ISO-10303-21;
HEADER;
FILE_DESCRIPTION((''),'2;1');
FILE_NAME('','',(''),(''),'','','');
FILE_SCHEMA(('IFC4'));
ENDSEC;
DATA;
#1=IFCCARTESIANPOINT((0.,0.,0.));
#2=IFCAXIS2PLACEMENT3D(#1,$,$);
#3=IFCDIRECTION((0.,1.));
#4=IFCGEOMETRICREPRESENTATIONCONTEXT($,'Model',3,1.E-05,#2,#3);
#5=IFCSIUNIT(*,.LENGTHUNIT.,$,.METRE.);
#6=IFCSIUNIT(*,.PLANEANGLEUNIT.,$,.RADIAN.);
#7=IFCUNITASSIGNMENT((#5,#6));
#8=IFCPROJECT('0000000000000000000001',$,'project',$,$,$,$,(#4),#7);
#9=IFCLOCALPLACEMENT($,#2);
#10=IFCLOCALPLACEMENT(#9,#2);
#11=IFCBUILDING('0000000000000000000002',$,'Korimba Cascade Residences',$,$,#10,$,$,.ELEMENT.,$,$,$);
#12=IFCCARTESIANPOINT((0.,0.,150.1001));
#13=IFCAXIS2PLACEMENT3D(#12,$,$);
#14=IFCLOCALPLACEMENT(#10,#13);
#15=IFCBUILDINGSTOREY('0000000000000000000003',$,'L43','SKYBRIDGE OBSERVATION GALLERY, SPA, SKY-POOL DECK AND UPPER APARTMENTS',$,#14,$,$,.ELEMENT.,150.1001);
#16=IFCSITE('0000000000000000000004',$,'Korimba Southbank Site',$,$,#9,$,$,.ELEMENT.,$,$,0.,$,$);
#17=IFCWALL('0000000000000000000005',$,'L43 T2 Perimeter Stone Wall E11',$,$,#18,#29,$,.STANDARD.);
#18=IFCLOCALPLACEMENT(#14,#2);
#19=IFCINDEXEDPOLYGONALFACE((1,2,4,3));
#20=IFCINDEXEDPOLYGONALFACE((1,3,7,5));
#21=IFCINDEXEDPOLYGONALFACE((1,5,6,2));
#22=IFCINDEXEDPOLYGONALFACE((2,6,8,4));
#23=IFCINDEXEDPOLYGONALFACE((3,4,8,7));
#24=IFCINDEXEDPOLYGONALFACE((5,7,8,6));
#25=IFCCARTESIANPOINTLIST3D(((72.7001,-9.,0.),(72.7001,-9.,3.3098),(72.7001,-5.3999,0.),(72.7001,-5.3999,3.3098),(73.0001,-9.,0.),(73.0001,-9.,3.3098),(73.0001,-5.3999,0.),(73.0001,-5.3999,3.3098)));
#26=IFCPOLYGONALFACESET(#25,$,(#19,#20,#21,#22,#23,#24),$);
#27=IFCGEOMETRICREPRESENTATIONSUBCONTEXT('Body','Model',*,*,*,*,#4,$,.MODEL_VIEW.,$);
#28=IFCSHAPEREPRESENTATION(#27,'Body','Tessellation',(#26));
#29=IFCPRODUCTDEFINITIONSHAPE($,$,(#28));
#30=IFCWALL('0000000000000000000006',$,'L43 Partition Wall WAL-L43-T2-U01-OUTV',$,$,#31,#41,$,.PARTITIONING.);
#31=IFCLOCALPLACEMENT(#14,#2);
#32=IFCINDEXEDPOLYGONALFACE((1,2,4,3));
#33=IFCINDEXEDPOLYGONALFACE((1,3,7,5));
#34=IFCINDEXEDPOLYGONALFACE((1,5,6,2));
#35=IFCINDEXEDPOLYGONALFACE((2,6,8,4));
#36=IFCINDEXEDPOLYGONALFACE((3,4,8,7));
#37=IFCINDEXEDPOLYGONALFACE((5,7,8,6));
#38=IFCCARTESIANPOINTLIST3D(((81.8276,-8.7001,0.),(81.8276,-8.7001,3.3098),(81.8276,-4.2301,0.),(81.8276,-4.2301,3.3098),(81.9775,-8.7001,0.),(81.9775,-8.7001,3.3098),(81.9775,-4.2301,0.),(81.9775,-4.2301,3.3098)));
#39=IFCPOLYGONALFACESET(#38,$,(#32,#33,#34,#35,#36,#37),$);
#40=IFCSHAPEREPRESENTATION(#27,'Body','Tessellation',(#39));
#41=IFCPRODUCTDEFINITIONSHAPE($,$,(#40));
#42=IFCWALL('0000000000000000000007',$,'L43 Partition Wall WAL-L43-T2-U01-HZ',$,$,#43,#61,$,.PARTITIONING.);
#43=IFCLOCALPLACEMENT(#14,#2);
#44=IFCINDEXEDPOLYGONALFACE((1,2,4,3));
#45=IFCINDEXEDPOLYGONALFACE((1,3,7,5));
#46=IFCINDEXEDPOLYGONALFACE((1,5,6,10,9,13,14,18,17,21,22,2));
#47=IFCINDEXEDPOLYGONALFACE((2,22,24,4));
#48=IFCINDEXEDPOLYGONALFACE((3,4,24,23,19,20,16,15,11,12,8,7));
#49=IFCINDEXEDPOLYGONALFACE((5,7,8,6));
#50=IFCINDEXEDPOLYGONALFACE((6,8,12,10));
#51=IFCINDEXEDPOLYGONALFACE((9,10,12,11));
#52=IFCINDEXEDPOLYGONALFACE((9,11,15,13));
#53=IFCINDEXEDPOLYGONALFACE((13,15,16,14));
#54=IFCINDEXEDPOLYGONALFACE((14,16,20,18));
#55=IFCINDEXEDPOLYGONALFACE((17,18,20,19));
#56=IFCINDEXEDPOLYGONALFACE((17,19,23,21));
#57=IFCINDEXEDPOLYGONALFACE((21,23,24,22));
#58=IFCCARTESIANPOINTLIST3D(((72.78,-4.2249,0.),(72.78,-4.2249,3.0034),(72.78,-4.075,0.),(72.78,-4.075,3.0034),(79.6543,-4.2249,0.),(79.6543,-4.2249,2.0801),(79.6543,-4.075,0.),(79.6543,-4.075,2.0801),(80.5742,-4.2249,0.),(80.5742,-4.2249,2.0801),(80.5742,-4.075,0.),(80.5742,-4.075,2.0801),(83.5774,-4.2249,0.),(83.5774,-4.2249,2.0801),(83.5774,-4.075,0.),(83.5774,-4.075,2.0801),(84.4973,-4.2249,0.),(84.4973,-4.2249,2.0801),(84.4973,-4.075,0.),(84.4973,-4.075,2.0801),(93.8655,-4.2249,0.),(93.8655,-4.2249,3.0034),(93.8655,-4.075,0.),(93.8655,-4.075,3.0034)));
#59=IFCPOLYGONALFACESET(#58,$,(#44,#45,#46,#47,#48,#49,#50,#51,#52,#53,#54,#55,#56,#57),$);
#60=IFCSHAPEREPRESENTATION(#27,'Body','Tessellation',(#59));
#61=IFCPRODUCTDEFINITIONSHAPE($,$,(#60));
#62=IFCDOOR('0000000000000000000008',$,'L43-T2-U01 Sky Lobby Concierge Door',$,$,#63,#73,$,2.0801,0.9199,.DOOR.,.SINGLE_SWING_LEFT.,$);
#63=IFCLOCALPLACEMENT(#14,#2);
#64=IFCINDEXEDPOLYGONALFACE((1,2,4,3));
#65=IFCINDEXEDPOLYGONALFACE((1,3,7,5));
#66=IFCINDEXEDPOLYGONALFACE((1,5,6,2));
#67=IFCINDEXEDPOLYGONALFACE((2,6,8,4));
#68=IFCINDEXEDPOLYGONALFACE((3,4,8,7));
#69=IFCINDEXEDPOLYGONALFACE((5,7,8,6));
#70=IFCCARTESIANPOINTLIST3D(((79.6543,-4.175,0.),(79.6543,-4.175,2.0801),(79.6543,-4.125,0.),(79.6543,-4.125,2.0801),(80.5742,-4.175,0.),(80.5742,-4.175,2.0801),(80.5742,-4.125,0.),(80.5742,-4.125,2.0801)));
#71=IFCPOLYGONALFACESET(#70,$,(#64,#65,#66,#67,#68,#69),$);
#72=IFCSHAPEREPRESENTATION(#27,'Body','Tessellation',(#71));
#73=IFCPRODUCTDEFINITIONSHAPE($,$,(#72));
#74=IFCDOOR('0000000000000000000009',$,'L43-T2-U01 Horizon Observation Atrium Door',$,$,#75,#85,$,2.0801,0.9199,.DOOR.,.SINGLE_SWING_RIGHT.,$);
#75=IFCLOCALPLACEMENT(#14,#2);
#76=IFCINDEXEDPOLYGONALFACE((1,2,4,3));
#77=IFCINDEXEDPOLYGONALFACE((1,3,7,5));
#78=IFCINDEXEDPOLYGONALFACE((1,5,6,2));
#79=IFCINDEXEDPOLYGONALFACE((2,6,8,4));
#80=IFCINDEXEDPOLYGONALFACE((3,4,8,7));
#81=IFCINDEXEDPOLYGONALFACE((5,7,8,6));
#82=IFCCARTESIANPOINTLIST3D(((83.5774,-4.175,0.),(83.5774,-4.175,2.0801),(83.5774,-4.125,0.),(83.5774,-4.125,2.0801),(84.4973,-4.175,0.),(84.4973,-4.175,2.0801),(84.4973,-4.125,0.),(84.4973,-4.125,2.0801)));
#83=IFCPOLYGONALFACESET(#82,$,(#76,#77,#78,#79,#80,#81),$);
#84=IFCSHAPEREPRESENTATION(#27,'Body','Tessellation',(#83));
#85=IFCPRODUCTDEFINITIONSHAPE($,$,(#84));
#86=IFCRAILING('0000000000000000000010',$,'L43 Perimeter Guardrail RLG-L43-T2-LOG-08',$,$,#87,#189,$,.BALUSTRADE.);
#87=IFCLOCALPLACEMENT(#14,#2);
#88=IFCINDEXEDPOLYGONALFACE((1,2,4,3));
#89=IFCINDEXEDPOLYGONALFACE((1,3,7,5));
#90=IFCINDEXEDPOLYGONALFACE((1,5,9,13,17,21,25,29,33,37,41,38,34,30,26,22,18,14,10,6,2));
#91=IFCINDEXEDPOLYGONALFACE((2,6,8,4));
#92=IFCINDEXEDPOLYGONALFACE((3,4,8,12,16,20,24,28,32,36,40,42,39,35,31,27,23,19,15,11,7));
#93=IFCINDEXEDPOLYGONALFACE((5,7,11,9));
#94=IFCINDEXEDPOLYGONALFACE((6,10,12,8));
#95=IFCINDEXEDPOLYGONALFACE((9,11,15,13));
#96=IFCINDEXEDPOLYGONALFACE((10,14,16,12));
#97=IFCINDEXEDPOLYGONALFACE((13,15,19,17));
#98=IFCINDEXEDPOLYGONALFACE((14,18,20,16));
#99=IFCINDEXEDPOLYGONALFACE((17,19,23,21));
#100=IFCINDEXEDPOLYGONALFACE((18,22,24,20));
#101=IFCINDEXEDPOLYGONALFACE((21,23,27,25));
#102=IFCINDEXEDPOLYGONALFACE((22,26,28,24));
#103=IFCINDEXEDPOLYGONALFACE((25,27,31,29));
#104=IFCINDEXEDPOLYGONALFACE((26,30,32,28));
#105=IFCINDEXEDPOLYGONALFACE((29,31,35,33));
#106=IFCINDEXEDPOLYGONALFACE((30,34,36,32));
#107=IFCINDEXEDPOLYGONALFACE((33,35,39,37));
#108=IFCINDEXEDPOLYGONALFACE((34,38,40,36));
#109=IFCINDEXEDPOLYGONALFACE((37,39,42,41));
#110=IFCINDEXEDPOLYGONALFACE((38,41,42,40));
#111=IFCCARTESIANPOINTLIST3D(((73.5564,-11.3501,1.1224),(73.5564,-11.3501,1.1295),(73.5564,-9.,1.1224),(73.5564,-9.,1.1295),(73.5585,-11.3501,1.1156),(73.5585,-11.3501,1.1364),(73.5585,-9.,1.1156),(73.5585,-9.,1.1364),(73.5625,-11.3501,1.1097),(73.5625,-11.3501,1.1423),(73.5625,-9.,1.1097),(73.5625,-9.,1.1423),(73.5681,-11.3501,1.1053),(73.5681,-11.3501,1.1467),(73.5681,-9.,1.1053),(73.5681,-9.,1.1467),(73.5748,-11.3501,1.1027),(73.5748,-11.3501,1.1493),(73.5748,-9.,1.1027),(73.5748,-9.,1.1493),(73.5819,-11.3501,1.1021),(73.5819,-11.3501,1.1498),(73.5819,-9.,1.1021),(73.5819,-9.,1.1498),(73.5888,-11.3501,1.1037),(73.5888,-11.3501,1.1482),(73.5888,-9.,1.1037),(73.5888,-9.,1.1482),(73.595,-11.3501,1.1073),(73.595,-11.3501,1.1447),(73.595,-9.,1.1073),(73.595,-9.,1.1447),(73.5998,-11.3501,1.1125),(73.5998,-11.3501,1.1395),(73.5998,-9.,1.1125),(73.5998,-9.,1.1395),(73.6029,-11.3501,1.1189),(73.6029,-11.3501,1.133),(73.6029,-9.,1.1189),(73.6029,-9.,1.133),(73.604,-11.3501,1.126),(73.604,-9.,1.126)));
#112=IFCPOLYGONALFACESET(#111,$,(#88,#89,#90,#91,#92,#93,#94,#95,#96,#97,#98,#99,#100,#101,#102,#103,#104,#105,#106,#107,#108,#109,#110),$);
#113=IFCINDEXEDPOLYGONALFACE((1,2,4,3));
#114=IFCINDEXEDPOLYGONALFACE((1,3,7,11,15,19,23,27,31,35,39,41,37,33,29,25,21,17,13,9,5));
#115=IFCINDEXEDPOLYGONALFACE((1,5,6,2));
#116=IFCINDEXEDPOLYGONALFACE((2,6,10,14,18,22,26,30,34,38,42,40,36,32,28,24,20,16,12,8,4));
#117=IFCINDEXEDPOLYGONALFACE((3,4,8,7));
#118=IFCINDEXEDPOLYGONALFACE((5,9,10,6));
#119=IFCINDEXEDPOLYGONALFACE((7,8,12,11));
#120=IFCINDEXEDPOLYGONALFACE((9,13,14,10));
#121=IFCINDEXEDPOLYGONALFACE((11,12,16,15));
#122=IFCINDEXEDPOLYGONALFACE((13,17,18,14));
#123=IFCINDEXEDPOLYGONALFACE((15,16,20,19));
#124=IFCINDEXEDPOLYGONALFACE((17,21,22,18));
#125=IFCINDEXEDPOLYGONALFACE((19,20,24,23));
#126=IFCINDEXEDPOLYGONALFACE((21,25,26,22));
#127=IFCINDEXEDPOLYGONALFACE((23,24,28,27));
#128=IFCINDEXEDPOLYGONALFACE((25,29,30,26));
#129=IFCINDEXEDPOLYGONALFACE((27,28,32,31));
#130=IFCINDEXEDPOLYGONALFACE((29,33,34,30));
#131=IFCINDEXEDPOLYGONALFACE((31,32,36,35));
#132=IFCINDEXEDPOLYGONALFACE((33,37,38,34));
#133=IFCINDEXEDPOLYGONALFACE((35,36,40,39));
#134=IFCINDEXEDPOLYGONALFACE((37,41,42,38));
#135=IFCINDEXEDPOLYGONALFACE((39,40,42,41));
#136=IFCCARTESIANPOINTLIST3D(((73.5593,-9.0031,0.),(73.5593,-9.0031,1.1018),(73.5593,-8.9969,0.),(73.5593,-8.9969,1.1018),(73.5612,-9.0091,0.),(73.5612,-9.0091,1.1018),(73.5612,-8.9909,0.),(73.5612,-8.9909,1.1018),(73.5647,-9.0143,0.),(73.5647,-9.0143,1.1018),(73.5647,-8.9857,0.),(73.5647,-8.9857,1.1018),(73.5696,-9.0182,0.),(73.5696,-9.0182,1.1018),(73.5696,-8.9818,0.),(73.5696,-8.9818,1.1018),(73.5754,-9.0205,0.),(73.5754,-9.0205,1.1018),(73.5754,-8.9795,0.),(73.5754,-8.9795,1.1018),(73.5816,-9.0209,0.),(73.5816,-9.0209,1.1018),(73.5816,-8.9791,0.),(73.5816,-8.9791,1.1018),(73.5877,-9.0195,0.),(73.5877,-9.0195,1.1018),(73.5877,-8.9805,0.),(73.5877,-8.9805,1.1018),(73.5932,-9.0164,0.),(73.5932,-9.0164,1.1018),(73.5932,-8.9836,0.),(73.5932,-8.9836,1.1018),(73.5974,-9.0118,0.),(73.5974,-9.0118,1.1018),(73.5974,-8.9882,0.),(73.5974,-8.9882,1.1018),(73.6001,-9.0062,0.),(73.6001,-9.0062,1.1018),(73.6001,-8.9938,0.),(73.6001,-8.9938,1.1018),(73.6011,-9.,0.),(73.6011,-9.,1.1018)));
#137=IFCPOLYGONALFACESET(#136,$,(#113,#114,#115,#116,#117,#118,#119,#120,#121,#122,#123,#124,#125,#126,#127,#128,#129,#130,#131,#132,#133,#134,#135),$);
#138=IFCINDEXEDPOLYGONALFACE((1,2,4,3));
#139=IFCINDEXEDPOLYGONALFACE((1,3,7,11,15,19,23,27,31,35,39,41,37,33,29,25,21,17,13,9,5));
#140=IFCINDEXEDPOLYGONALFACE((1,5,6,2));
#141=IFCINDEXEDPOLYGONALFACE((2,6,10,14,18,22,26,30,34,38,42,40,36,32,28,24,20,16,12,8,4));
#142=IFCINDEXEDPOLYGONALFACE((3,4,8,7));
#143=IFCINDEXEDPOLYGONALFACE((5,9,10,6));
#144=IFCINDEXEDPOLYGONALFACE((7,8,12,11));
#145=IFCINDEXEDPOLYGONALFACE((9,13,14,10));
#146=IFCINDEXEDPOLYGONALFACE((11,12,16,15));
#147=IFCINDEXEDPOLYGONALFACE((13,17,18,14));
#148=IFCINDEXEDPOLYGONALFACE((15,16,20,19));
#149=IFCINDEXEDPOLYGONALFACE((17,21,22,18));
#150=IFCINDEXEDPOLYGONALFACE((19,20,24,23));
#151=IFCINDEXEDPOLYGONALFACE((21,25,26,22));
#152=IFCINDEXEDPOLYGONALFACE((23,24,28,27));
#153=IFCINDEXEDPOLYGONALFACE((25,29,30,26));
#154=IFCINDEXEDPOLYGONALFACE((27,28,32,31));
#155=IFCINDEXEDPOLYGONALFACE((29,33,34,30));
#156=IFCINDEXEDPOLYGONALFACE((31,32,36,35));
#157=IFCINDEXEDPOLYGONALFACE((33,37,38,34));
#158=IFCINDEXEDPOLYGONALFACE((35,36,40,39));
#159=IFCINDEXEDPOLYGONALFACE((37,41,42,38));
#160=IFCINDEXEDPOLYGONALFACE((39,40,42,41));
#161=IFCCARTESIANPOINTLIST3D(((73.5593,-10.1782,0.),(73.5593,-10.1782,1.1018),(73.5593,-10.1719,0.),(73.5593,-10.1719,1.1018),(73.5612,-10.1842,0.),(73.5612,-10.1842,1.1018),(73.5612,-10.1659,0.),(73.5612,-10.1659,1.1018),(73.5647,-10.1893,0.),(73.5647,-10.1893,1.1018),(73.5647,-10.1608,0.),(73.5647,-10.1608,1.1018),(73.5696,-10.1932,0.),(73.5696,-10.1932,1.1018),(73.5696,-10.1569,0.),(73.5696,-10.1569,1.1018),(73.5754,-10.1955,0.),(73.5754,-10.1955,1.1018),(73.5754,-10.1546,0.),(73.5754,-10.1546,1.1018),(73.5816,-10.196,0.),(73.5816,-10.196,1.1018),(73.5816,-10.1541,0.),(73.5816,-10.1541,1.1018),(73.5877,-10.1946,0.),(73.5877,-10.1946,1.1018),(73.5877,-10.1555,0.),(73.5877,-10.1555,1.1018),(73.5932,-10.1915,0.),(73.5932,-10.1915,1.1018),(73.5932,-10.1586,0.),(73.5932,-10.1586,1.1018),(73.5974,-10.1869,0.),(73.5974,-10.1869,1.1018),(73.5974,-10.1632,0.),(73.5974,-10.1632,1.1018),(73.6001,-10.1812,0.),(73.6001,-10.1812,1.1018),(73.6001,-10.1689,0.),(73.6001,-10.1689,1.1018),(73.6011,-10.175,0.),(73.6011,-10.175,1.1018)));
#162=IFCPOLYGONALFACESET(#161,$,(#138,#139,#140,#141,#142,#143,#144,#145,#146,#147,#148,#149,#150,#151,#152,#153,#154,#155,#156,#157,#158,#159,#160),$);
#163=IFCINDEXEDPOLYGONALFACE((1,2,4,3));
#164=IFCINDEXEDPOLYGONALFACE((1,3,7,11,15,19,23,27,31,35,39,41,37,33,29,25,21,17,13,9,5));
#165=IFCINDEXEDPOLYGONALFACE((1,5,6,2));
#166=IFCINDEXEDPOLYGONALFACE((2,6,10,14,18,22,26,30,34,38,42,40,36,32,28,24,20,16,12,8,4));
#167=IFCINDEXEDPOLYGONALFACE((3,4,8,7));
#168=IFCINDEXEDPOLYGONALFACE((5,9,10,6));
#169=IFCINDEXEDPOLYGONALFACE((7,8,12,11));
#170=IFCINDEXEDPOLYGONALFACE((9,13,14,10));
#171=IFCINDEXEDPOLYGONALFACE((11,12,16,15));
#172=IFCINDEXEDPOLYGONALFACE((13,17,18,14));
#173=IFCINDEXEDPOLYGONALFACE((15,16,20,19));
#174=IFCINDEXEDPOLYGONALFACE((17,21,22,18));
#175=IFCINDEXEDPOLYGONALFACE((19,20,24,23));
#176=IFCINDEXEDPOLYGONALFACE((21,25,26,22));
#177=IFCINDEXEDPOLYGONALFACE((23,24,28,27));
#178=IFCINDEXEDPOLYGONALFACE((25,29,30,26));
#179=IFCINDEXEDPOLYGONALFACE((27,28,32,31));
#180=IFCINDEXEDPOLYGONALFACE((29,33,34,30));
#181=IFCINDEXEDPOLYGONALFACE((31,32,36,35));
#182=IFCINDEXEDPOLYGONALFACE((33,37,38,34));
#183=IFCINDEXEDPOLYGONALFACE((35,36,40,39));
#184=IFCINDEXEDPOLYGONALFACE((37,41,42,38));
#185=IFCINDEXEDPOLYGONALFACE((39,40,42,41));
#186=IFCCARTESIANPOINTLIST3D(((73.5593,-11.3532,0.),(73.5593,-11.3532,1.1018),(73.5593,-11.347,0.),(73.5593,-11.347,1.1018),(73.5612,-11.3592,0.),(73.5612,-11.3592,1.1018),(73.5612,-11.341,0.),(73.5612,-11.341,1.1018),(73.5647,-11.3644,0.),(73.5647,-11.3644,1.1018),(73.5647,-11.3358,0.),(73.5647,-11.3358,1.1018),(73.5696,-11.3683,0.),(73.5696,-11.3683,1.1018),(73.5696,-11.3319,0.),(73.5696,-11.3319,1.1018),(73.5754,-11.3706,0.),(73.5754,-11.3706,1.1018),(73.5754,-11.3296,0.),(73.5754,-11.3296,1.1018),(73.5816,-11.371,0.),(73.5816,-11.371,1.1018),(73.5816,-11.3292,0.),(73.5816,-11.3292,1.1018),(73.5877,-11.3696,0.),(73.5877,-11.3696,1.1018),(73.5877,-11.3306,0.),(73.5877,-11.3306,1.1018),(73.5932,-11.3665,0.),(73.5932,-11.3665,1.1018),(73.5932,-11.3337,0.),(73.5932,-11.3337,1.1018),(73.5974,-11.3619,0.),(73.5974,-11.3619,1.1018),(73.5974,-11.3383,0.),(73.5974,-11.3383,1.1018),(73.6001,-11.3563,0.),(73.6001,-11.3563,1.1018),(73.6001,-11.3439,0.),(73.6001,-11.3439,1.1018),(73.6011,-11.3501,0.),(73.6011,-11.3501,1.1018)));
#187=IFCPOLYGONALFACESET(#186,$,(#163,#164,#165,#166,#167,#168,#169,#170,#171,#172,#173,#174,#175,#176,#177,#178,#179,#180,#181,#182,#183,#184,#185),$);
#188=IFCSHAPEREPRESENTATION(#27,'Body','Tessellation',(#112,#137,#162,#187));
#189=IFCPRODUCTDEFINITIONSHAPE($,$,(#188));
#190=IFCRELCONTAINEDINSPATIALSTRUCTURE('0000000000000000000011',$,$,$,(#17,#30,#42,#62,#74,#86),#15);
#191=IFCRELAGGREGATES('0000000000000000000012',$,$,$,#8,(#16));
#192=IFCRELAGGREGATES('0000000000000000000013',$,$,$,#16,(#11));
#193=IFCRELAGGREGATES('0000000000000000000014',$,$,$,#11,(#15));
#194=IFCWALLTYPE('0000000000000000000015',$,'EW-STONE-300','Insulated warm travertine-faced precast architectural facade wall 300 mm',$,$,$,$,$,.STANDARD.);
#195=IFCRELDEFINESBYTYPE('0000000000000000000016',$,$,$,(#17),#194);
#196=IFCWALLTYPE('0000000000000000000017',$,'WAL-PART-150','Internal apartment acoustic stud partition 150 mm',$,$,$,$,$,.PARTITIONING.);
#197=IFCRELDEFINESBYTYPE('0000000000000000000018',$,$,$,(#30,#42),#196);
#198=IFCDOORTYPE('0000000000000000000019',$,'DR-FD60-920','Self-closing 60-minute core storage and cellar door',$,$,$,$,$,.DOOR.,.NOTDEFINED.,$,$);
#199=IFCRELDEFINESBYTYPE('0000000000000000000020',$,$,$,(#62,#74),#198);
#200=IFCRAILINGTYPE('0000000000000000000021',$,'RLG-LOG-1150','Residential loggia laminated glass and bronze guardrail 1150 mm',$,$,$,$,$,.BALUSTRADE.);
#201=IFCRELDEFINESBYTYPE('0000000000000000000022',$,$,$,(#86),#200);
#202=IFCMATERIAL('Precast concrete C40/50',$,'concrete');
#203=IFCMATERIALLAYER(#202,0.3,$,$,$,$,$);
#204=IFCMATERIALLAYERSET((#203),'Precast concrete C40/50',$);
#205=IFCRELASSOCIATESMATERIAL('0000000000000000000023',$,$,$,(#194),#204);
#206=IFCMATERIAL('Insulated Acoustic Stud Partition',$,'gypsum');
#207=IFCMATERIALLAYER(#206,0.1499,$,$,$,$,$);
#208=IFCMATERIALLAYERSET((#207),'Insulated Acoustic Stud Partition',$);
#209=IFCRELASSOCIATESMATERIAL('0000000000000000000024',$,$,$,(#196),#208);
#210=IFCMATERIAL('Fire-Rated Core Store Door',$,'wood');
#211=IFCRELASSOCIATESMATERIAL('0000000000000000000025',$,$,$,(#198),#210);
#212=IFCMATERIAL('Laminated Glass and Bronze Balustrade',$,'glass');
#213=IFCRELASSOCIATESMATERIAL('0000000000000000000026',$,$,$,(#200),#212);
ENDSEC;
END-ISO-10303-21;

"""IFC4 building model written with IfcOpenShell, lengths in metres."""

from ifc_helpers import new_model, si_unit, direction, frame, frame_2d, origin, origin_2d, place, context, subcontext, project, spatial, rectangle, circle, extrude, material, layer, layer_set, type_object, element, fill, save


model = new_model("IFC4")

# Units and contexts
model_context = context("Model", 3, precision=1e-05, world=origin(), true_north=direction((0.0, 1.0)))
body_context = subcontext(model_context, "Body", "Model", "MODEL_VIEW")
ifc_project = project(units=[si_unit("LENGTHUNIT", "METRE"), si_unit("PLANEANGLEUNIT", "RADIAN")], contexts=[model_context])

# Site, building, storey
site_placement = place(None, origin())
site = spatial("IfcSite", under=ifc_project, at=site_placement, Name="Korimba Southbank Site", CompositionType="ELEMENT", RefElevation=0.0)
building_placement = place(site_placement, origin())
building = spatial("IfcBuilding", under=site, at=building_placement, Name="Korimba Cascade Residences", CompositionType="ELEMENT")
storey_placement = place(building_placement, frame((0.0, 0.0, 150.1001)))
storey = spatial("IfcBuildingStorey", under=building, at=storey_placement, Name="L43", Description="SKYBRIDGE OBSERVATION GALLERY, SPA, SKY-POOL DECK AND UPPER APARTMENTS", CompositionType="ELEMENT", Elevation=150.1001)

# Walls
ifc_material_1 = material(Name="Precast concrete C40/50", Category="concrete")
ifc_layer_1 = layer(ifc_material_1, 0.3)
ifc_layer_set_1 = layer_set([ifc_layer_1], Name="Precast concrete C40/50")
wall_type_1 = type_object("IfcWallType", Name="EW-STONE-300", Description="Insulated warm travertine-faced precast architectural facade wall 300 mm", PredefinedType="STANDARD", material=ifc_layer_set_1)
wall_1_placement = place(storey_placement, frame((72.8501, -5.3999, 0.0), z_axis=(0.0, 0.0, 1.0), x_axis=(0.0, -1.0, 0.0)))
element("IfcWall", 1, at=wall_1_placement, inside=storey, type_object=wall_type_1, Name="L43 T2 Perimeter Stone Wall E11", PredefinedType="STANDARD", context=body_context, shape_type="SweptSolid", body=[
    extrude(rectangle(XDim=3.6001, YDim=0.3, at=frame_2d((1.8, 0.0))), origin(), (0.0, 0.0, 1.0), 3.3098),
])
ifc_material_2 = material(Name="Insulated Acoustic Stud Partition", Category="gypsum")
ifc_layer_2 = layer(ifc_material_2, 0.1499)
ifc_layer_set_2 = layer_set([ifc_layer_2], Name="Insulated Acoustic Stud Partition")
wall_type_2 = type_object("IfcWallType", Name="WAL-PART-150", Description="Internal apartment acoustic stud partition 150 mm", PredefinedType="PARTITIONING", material=ifc_layer_set_2)
wall_2_placement = place(storey_placement, frame((81.9026, -8.7, 0.0), z_axis=(0.0, 0.0, 1.0), x_axis=(0.0, 1.0, 0.0)))
element("IfcWall", 2, at=wall_2_placement, inside=storey, type_object=wall_type_2, Name="L43 Partition Wall WAL-L43-T2-U01-OUTV", PredefinedType="PARTITIONING", context=body_context, shape_type="SweptSolid", body=[
    extrude(rectangle(XDim=4.47, YDim=0.1499, at=frame_2d((2.2349, 0.0))), origin(), (0.0, 0.0, 1.0), 3.3098),
])

# Wall, openings, doors
wall_3_placement = place(storey_placement, frame((72.78, -4.1499, 0.0), z_axis=(0.0, 0.0, 1.0), x_axis=(1.0, 0.0, 0.0)))
wall_3 = element("IfcWall", 3, at=wall_3_placement, inside=storey, type_object=wall_type_2, Name="L43 Partition Wall WAL-L43-T2-U01-HZ", PredefinedType="PARTITIONING", context=body_context, shape_type="SweptSolid", body=[
    extrude(rectangle(XDim=21.0854, YDim=0.1499, at=frame_2d((10.5427, 0.0))), origin(), (0.0, 0.0, 1.0), 3.0034),
])
opening_1_placement = place(wall_3_placement, frame((6.8743, 0.0, 0.0)))
opening_1 = element("IfcOpeningElement", 4, at=opening_1_placement, cuts=wall_3, PredefinedType="OPENING", context=body_context, shape_type="SweptSolid", body=[
    extrude(rectangle(XDim=0.9199, YDim=2.0801, at=frame_2d((0.46, 1.04))), frame((0.0, 0.085, 0.0), z_axis=(0.0, -1.0, 0.0), x_axis=(1.0, 0.0, 0.0)), (0.0, 0.0, 1.0), 0.1699),
])
opening_2_placement = place(wall_3_placement, frame((10.7974, 0.0, 0.0)))
opening_2 = element("IfcOpeningElement", 5, at=opening_2_placement, cuts=wall_3, PredefinedType="OPENING", context=body_context, shape_type="SweptSolid", body=[
    extrude(rectangle(XDim=0.9199, YDim=2.0801, at=frame_2d((0.46, 1.04))), frame((0.0, 0.085, 0.0), z_axis=(0.0, -1.0, 0.0), x_axis=(1.0, 0.0, 0.0)), (0.0, 0.0, 1.0), 0.1699),
])
ifc_material_3 = material(Name="Fire-Rated Core Store Door", Category="wood")
door_type = type_object("IfcDoorType", Name="DR-FD60-920", Description="Self-closing 60-minute core storage and cellar door", OperationType="NOTDEFINED", PredefinedType="DOOR", material=ifc_material_3)
door_1_placement = place(opening_1_placement, origin())
door_1 = element("IfcDoor", 6, at=door_1_placement, inside=storey, type_object=door_type, Name="L43-T2-U01 Sky Lobby Concierge Door", OperationType="SINGLE_SWING_LEFT", OverallHeight=2.0801, OverallWidth=0.9199, PredefinedType="DOOR", context=body_context, shape_type="SweptSolid", body=[
    extrude(rectangle(XDim=0.9199, YDim=2.0801, at=frame_2d((0.46, 1.04))), frame((0.0, 0.0249, 0.0), z_axis=(0.0, -1.0, 0.0), x_axis=(1.0, 0.0, 0.0)), (0.0, 0.0, 1.0), 0.05),
])
fill(opening_1, door_1)
door_2_placement = place(opening_2_placement, origin())
door_2 = element("IfcDoor", 7, at=door_2_placement, inside=storey, type_object=door_type, Name="L43-T2-U01 Horizon Observation Atrium Door", OperationType="SINGLE_SWING_RIGHT", OverallHeight=2.0801, OverallWidth=0.9199, PredefinedType="DOOR", context=body_context, shape_type="SweptSolid", body=[
    extrude(rectangle(XDim=0.9199, YDim=2.0801, at=frame_2d((0.46, 1.04))), frame((0.0, 0.0249, 0.0), z_axis=(0.0, -1.0, 0.0), x_axis=(1.0, 0.0, 0.0)), (0.0, 0.0, 1.0), 0.05),
])
fill(opening_2, door_2)

# Railing
ifc_material_4 = material(Name="Laminated Glass and Bronze Balustrade", Category="glass")
railing_type = type_object("IfcRailingType", Name="RLG-LOG-1150", Description="Residential loggia laminated glass and bronze guardrail 1150 mm", PredefinedType="BALUSTRADE", material=ifc_material_4)
railing_placement = place(storey_placement, frame((73.5801, -9.0, 0.0)))
element("IfcRailing", 8, at=railing_placement, inside=storey, type_object=railing_type, Name="L43 Perimeter Guardrail RLG-L43-T2-LOG-08", PredefinedType="BALUSTRADE", context=body_context, shape_type="SweptSolid", body=[
    extrude(circle(Radius=0.0239, at=origin_2d()), frame((0.0, 0.0, 1.126), z_axis=(0.0, -1.0, 0.0), x_axis=(1.0, 0.0, 0.0)), (0.0, 0.0, 1.0), 2.3501),
    extrude(circle(Radius=0.021, at=origin_2d()), origin(), (0.0, 0.0, 1.0), 1.1018),
    extrude(circle(Radius=0.021, at=origin_2d()), frame((0.0, -1.175, 0.0)), (0.0, 0.0, 1.0), 1.1018),
    extrude(circle(Radius=0.021, at=origin_2d()), frame((0.0, -2.3501, 0.0)), (0.0, 0.0, 1.0), 1.1018),
])

save(model, "model.ifc")
